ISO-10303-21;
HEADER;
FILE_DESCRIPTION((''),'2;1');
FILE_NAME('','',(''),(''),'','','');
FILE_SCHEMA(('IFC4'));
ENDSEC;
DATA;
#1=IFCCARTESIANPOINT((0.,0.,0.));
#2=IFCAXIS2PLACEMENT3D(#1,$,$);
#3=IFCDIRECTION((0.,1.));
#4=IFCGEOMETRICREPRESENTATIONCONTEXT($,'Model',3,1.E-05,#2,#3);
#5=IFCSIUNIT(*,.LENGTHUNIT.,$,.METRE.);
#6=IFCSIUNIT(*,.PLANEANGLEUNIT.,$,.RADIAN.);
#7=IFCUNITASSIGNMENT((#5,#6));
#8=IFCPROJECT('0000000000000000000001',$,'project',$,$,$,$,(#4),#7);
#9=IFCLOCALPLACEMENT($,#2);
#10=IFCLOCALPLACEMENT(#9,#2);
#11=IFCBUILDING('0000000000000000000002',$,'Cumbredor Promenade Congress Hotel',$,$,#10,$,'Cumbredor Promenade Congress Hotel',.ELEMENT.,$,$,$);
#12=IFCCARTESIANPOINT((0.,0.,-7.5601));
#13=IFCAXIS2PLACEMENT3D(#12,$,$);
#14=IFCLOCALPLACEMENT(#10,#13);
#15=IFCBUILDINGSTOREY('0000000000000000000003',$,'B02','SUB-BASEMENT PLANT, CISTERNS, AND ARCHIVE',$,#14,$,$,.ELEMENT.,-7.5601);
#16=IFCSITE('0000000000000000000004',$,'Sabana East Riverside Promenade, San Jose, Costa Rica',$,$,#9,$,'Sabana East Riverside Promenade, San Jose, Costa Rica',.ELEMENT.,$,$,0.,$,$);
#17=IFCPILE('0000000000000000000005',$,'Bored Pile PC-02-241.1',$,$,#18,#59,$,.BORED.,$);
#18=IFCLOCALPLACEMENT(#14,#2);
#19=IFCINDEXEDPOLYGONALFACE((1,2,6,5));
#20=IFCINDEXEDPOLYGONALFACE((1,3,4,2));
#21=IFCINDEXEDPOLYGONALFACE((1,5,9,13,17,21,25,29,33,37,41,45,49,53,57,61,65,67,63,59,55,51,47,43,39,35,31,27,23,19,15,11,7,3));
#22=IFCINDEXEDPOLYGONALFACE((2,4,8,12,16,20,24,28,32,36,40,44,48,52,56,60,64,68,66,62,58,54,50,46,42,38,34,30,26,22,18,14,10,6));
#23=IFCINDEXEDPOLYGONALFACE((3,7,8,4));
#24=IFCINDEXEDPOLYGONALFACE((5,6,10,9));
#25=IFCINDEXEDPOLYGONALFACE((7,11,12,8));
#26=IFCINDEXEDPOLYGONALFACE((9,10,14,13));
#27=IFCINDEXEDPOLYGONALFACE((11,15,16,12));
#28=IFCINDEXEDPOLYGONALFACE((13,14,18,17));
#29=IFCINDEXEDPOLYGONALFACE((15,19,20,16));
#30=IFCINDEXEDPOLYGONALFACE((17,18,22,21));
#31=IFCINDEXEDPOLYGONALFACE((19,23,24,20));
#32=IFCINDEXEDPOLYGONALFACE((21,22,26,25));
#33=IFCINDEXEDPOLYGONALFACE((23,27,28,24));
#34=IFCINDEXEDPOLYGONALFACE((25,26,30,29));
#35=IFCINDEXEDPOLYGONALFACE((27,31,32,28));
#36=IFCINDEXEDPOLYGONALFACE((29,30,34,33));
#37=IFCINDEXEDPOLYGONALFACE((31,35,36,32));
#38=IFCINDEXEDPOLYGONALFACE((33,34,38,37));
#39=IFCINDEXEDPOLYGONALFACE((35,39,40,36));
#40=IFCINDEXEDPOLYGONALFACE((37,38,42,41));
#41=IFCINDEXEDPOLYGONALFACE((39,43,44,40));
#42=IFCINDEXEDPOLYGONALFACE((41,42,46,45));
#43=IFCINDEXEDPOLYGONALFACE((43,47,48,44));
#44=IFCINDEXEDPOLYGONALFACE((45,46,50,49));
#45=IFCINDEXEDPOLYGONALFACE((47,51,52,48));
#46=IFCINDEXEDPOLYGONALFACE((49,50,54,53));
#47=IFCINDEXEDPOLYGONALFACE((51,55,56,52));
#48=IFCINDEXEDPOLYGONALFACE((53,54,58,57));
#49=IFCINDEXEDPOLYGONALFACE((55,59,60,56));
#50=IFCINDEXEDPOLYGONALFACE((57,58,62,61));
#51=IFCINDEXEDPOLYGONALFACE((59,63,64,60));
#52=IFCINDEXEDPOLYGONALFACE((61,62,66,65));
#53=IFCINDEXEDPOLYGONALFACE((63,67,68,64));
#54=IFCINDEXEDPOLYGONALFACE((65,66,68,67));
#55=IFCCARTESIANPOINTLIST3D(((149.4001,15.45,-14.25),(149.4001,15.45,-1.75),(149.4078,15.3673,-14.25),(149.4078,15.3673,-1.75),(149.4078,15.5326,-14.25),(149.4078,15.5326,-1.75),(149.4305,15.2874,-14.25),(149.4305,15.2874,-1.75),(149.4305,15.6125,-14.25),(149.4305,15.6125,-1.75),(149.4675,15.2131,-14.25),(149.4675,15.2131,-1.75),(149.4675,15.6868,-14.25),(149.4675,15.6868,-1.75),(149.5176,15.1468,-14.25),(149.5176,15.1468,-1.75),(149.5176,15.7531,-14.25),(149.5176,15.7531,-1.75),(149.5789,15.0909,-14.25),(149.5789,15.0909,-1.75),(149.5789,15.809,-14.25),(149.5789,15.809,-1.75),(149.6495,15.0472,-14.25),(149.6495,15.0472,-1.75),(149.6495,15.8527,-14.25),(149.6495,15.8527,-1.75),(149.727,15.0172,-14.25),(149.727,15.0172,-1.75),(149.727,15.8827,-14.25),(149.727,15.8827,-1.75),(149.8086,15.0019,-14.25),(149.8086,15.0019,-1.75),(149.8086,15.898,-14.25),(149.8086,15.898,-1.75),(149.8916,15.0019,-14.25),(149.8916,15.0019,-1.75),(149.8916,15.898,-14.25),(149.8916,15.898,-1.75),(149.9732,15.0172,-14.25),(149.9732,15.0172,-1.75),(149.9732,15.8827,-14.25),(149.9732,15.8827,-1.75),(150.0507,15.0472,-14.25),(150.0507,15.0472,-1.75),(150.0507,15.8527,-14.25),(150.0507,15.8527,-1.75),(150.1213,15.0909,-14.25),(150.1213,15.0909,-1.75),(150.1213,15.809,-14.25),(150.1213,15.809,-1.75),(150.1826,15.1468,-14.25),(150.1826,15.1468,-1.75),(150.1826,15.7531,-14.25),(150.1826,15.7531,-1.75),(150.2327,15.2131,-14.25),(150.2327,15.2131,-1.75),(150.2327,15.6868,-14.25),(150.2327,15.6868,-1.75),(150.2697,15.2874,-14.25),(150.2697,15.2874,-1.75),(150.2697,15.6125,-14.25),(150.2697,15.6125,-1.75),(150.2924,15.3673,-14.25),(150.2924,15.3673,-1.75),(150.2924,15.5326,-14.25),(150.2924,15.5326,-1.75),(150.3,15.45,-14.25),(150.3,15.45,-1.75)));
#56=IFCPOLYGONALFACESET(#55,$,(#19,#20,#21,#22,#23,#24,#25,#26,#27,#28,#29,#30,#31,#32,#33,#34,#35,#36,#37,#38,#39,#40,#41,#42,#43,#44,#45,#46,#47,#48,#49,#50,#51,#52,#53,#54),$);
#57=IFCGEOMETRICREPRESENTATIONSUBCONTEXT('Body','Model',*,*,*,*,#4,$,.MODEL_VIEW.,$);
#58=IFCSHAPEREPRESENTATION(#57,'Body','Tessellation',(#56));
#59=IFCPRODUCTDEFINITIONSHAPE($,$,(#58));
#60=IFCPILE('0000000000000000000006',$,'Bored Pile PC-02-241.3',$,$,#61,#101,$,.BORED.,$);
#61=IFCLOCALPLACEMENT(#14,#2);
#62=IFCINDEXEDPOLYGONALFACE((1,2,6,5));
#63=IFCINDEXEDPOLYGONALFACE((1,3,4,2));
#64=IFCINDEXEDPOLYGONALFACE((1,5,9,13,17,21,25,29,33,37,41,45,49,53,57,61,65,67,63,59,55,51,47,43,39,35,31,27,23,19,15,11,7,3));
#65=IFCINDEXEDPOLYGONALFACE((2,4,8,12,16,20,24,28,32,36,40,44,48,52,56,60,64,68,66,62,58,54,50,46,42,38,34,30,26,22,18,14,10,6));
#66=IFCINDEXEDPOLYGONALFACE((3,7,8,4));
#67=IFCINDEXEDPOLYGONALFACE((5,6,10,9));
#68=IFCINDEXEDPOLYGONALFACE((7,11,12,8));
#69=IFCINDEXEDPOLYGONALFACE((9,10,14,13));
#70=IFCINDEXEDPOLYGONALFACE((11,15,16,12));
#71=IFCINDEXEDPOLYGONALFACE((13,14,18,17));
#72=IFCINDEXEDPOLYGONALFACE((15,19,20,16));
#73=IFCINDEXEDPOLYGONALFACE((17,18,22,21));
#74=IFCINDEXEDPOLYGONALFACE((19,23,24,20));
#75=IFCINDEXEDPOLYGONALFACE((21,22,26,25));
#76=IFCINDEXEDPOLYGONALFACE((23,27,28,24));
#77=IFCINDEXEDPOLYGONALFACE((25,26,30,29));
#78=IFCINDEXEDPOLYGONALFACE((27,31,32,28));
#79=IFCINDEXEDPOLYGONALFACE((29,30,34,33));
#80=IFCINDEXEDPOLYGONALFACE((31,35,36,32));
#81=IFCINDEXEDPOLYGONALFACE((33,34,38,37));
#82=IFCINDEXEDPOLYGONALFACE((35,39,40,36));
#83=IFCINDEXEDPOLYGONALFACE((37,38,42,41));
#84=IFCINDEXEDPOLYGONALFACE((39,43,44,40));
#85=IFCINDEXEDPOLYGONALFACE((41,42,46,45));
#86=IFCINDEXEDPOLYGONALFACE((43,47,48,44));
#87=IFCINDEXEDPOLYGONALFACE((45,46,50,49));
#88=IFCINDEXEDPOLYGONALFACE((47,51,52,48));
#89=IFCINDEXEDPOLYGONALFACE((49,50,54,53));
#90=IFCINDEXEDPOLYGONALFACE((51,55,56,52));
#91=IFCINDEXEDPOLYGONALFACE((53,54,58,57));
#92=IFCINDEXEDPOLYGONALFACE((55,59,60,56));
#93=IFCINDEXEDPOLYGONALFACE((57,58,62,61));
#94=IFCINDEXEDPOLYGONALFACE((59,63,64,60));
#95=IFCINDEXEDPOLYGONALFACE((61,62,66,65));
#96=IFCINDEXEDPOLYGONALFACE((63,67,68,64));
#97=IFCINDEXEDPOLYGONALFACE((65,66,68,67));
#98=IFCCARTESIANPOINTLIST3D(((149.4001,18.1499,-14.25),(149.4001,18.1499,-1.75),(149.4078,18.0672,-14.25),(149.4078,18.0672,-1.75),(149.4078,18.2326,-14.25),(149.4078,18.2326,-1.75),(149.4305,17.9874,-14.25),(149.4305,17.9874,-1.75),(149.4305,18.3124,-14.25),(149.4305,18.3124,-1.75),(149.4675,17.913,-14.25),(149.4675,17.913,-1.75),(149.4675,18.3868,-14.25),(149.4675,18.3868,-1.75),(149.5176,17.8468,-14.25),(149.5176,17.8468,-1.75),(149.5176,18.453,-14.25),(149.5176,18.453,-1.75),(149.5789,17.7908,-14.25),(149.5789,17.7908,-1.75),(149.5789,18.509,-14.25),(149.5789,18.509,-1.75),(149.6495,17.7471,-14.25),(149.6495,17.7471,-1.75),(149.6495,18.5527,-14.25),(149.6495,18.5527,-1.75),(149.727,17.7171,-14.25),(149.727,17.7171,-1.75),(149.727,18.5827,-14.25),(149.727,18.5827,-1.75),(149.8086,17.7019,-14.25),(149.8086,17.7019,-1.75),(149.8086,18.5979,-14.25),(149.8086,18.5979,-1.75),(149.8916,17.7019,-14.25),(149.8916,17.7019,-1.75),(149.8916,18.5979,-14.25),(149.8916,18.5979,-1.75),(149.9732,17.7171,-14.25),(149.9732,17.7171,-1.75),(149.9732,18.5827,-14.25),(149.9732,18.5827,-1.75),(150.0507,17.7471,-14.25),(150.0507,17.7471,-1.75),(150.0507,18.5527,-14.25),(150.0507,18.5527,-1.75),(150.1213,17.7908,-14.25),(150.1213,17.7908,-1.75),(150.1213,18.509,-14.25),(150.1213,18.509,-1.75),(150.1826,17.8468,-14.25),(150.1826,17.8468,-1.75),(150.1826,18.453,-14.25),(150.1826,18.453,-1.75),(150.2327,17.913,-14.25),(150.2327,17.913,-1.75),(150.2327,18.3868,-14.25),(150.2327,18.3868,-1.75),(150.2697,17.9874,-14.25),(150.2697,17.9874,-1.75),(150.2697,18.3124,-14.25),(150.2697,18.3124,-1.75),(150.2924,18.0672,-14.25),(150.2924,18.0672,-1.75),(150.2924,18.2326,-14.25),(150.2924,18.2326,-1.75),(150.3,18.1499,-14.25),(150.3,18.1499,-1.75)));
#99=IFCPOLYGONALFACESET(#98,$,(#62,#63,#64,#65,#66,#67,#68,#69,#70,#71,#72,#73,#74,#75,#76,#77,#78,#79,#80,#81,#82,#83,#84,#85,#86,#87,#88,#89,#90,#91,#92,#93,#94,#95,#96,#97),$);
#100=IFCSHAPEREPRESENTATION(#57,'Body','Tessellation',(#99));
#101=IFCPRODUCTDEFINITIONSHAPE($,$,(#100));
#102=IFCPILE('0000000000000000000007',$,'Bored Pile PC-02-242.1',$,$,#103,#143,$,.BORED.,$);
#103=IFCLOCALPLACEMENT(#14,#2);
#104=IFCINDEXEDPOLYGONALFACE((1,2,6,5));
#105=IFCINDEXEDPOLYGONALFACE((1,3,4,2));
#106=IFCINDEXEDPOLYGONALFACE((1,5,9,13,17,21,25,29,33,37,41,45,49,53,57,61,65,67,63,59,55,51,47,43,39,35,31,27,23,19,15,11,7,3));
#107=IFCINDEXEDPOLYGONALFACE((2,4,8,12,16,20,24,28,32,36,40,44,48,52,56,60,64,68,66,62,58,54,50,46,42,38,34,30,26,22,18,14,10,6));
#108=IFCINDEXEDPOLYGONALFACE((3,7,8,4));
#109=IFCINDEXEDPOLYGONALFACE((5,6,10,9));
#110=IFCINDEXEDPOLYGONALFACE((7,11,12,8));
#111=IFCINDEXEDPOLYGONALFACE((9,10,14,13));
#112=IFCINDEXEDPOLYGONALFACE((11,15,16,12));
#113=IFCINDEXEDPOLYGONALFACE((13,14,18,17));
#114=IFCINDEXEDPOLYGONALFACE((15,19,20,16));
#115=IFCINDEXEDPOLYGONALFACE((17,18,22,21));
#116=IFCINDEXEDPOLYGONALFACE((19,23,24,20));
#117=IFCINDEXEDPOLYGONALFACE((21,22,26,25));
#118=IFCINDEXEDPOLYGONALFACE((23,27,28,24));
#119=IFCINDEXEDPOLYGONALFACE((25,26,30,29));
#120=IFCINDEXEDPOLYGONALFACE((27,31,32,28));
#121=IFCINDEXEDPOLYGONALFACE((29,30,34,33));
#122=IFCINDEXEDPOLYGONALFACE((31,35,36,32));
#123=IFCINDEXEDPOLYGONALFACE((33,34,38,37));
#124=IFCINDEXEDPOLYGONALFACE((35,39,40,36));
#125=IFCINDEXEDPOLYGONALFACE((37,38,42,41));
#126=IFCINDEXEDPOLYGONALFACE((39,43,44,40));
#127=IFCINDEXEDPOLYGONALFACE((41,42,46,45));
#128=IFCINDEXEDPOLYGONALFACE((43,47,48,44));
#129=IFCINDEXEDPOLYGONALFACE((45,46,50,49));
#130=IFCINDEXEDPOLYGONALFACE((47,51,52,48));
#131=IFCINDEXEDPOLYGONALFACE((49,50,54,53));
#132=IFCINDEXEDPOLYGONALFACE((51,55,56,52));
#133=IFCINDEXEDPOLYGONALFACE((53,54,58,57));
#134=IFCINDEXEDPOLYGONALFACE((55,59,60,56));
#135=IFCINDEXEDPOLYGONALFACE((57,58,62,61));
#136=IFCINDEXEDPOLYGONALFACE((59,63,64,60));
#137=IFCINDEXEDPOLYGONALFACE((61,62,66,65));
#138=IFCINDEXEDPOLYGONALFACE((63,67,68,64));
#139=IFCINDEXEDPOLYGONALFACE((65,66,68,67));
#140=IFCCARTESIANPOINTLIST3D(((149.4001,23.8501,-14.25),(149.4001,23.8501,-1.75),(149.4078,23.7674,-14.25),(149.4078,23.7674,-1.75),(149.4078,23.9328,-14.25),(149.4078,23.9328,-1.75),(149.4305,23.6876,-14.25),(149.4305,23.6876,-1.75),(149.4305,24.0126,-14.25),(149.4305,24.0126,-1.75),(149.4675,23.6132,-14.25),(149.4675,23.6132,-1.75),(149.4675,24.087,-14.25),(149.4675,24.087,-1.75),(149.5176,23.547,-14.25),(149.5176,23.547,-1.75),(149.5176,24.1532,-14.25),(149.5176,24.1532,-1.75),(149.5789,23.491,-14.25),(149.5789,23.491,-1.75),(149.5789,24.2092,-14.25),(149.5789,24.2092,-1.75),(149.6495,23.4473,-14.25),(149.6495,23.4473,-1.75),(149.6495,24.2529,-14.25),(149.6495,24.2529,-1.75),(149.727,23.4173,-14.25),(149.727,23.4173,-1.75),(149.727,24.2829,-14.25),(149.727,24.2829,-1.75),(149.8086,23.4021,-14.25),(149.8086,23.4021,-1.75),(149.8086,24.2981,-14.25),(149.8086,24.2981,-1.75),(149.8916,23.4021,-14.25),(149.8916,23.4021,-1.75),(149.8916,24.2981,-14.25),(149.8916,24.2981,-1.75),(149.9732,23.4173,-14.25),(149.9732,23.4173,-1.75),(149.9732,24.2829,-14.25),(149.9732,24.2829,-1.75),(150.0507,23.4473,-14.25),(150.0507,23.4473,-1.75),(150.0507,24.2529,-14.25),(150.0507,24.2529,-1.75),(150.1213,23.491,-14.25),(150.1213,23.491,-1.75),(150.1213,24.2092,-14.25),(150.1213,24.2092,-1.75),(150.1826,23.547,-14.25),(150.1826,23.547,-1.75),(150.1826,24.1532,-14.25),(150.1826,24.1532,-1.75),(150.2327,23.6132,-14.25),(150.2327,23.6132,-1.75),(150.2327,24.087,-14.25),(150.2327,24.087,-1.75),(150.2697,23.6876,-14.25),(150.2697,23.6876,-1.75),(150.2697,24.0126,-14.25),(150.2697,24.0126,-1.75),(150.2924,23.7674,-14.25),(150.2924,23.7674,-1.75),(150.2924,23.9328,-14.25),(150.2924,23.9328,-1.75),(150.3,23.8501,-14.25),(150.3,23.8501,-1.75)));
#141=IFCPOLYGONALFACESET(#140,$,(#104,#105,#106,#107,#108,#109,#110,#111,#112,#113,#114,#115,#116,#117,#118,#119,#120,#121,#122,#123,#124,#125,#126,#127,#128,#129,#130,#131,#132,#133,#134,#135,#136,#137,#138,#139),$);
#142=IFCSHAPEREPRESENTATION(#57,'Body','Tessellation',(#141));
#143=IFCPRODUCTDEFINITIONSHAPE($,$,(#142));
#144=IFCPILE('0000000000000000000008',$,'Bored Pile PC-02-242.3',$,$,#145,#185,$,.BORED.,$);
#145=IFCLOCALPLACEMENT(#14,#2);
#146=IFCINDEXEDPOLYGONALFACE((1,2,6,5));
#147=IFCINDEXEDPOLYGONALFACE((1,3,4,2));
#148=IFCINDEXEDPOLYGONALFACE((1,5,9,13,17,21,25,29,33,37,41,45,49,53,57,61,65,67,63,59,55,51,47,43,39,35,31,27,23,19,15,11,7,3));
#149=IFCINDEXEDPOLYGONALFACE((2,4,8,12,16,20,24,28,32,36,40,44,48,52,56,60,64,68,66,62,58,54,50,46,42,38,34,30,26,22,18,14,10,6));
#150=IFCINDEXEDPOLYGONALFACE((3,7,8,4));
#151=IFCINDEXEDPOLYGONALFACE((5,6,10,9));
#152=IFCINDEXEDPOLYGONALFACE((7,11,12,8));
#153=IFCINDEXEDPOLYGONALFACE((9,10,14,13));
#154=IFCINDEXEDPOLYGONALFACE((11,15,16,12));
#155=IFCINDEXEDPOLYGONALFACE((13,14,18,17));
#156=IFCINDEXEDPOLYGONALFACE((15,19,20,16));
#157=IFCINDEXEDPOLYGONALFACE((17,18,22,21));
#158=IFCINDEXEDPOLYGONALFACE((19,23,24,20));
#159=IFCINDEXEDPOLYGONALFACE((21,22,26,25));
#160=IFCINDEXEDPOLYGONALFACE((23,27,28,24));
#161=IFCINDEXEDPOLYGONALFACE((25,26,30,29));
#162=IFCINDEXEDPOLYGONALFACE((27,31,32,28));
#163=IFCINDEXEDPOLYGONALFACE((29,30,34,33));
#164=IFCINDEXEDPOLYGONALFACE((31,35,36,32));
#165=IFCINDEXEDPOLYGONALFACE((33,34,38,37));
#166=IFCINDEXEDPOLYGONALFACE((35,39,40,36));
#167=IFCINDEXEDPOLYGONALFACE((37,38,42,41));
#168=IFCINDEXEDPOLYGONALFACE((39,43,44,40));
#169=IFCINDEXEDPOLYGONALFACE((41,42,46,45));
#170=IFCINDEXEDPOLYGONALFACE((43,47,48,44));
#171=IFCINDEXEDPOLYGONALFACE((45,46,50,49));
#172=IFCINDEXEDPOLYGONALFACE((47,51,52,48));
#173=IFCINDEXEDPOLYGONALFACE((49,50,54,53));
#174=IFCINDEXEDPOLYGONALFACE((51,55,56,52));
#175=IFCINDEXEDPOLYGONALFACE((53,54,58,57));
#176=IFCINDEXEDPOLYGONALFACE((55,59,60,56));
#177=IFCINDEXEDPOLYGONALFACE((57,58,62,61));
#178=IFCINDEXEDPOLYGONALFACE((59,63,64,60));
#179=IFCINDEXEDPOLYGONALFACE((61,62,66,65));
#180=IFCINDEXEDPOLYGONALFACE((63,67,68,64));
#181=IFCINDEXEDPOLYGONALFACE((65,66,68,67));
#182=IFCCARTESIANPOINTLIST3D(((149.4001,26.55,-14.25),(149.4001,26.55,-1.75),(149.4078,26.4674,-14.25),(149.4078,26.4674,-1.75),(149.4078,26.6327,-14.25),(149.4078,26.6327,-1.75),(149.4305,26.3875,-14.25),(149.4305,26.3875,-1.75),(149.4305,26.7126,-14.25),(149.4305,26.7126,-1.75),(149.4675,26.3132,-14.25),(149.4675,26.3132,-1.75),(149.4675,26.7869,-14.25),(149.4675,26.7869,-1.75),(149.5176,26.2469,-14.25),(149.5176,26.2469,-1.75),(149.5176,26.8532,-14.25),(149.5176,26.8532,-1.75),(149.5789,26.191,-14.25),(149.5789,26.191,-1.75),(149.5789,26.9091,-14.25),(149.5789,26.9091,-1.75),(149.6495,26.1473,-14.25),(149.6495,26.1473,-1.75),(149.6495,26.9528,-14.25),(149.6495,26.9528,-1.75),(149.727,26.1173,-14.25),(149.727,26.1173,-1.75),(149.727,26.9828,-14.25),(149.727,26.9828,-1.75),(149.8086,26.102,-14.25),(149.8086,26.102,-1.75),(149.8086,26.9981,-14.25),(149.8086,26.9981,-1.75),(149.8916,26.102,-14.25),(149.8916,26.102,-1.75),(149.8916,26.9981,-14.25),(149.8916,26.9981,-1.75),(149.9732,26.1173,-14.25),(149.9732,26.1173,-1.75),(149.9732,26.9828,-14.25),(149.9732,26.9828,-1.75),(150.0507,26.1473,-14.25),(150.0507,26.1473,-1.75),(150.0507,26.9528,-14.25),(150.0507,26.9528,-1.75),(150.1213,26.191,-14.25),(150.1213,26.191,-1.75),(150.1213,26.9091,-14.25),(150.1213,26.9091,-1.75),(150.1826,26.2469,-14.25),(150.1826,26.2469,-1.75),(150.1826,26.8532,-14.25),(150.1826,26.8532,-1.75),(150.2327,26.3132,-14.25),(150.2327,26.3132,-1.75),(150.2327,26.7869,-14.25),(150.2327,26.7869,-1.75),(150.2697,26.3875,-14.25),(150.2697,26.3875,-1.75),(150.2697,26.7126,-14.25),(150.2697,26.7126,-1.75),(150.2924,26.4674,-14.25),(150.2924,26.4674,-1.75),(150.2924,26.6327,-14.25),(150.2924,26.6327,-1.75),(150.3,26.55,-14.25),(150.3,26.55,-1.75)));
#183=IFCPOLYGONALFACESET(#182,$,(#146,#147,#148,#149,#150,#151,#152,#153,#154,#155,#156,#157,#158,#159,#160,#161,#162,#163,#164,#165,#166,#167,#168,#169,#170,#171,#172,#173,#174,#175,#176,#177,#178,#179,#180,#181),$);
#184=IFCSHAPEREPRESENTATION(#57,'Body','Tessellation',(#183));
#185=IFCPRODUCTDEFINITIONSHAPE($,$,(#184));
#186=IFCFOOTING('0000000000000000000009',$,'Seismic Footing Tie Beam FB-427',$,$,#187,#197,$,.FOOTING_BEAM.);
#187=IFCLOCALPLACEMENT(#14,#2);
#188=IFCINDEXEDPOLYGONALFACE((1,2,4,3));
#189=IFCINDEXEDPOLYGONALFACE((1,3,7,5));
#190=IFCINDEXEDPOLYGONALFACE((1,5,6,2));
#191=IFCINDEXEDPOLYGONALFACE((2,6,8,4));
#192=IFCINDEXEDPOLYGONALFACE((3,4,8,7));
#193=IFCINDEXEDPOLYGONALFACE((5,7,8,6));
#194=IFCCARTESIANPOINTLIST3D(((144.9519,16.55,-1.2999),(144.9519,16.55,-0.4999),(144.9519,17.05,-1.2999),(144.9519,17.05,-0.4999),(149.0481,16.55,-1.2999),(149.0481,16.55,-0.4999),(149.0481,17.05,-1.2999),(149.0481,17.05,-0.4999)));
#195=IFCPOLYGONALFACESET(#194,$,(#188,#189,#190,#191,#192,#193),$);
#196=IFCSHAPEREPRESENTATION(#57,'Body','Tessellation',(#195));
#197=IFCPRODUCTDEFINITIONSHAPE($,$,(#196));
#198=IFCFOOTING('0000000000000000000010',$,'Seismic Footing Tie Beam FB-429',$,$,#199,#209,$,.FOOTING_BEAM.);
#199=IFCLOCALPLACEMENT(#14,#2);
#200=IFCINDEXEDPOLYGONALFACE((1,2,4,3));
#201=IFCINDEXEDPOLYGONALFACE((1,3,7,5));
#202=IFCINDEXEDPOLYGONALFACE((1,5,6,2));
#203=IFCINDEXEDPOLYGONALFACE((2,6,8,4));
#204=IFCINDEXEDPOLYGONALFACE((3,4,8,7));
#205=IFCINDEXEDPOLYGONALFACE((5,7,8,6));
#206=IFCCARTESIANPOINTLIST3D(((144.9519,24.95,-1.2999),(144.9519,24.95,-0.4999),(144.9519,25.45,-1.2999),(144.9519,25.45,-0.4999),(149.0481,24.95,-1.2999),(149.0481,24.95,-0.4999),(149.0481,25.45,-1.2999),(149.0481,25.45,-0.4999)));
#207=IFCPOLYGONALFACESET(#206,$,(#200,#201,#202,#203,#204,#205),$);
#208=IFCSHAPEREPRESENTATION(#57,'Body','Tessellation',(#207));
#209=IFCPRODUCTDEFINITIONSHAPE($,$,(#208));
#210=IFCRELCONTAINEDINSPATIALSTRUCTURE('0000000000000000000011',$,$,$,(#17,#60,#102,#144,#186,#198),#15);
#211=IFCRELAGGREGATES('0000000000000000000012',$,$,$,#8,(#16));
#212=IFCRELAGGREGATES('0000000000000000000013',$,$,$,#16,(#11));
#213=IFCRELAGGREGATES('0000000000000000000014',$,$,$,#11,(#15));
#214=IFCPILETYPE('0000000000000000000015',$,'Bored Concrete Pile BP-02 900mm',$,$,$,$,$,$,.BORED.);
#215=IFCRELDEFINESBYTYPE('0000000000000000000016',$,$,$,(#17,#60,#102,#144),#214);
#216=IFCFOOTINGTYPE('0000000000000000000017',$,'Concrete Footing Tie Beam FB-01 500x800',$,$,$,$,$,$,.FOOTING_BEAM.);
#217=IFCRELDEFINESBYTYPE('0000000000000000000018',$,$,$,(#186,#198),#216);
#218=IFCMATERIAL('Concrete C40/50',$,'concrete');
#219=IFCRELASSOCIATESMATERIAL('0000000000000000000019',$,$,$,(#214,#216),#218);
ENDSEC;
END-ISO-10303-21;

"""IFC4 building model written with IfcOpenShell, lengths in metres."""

from ifc_helpers import new_model, si_unit, direction, frame, origin, origin_2d, place, context, subcontext, project, spatial, rectangle, circle, extrude, material, material_profile, profile_set, type_object, element, save


model = new_model("IFC4")

# Units and contexts
model_context = context("Model", 3, precision=1e-05, world=origin(), true_north=direction((0.0, 1.0)))
body_context = subcontext(model_context, "Body", "Model", "MODEL_VIEW")
ifc_project = project(units=[si_unit("LENGTHUNIT", "METRE"), si_unit("PLANEANGLEUNIT", "RADIAN")], contexts=[model_context])

# Site, building, storey
site_placement = place(None, origin())
site = spatial("IfcSite", under=ifc_project, at=site_placement, Name="Sabana East Riverside Promenade, San Jose, Costa Rica", LongName="Sabana East Riverside Promenade, San Jose, Costa Rica", CompositionType="ELEMENT", RefElevation=0.0)
building_placement = place(site_placement, origin())
building = spatial("IfcBuilding", under=site, at=building_placement, Name="Cumbredor Promenade Congress Hotel", LongName="Cumbredor Promenade Congress Hotel", CompositionType="ELEMENT")
storey_placement = place(building_placement, frame((0.0, 0.0, -7.5601)))
storey = spatial("IfcBuildingStorey", under=building, at=storey_placement, Name="B02", Description="SUB-BASEMENT PLANT, CISTERNS, AND ARCHIVE", CompositionType="ELEMENT", Elevation=-7.5601)

# Piles
ifc_material_1 = material(Name="Concrete C40/50", Category="concrete")
ifc_material_profile_1 = material_profile(ifc_material_1, circle(Radius=0.45, at=origin_2d()), Name="PILE D900")
ifc_profile_set_1 = profile_set([ifc_material_profile_1], Name="Concrete C40/50")
pile_type = type_object("IfcPileType", Name="Bored Concrete Pile BP-02 900mm", PredefinedType="BORED", material=ifc_profile_set_1)
for number, where, z_axis, x_axis, name in (
    (1, (149.8501, 15.45, -1.75), (0.0, 0.0, -1.0), (1.0, 0.0, 0.0), "Bored Pile PC-02-241.1"),
    (2, (149.8501, 18.1499, -1.75), (0.0, 0.0, -1.0), (1.0, 0.0, 0.0), "Bored Pile PC-02-241.3"),
    (3, (149.8501, 23.8501, -1.75), (0.0, 0.0, -1.0), (1.0, 0.0, 0.0), "Bored Pile PC-02-242.1"),
    (4, (149.8501, 26.55, -1.75), (0.0, 0.0, -1.0), (1.0, 0.0, 0.0), "Bored Pile PC-02-242.3"),
):
    element("IfcPile", number, at=place(storey_placement, frame(where, z_axis=z_axis, x_axis=x_axis)), inside=storey, type_object=pile_type, Name=name, PredefinedType="BORED", context=body_context, shape_type="SweptSolid", body=[
        extrude(circle(Radius=0.45, at=origin_2d()), origin(), (0.0, 0.0, 1.0), 12.5),
    ])

# Footings
ifc_material_profile_2 = material_profile(ifc_material_1, rectangle(XDim=0.5, YDim=0.8, at=origin_2d()), Name="FB 500x800")
ifc_profile_set_2 = profile_set([ifc_material_profile_2], Name="Concrete C40/50")
footing_type_1 = type_object("IfcFootingType", Name="Concrete Footing Tie Beam FB-01 500x800", PredefinedType="FOOTING_BEAM", material=ifc_profile_set_2)
for number, where, z_axis, x_axis, name in (
    (5, (144.9519, 16.8, -0.8999), (1.0, 0.0, 0.0), (0.0, 1.0, 0.0), "Seismic Footing Tie Beam FB-427"),
    (6, (144.9519, 25.2, -0.8999), (1.0, 0.0, 0.0), (0.0, 1.0, 0.0), "Seismic Footing Tie Beam FB-429"),
):
    element("IfcFooting", number, at=place(storey_placement, frame(where, z_axis=z_axis, x_axis=x_axis)), inside=storey, type_object=footing_type_1, Name=name, PredefinedType="FOOTING_BEAM", context=body_context, shape_type="SweptSolid", body=[
        extrude(rectangle(XDim=0.5, YDim=0.8, at=origin_2d()), origin(), (0.0, 0.0, 1.0), 4.0962),
    ])

save(model, "model.ifc")
